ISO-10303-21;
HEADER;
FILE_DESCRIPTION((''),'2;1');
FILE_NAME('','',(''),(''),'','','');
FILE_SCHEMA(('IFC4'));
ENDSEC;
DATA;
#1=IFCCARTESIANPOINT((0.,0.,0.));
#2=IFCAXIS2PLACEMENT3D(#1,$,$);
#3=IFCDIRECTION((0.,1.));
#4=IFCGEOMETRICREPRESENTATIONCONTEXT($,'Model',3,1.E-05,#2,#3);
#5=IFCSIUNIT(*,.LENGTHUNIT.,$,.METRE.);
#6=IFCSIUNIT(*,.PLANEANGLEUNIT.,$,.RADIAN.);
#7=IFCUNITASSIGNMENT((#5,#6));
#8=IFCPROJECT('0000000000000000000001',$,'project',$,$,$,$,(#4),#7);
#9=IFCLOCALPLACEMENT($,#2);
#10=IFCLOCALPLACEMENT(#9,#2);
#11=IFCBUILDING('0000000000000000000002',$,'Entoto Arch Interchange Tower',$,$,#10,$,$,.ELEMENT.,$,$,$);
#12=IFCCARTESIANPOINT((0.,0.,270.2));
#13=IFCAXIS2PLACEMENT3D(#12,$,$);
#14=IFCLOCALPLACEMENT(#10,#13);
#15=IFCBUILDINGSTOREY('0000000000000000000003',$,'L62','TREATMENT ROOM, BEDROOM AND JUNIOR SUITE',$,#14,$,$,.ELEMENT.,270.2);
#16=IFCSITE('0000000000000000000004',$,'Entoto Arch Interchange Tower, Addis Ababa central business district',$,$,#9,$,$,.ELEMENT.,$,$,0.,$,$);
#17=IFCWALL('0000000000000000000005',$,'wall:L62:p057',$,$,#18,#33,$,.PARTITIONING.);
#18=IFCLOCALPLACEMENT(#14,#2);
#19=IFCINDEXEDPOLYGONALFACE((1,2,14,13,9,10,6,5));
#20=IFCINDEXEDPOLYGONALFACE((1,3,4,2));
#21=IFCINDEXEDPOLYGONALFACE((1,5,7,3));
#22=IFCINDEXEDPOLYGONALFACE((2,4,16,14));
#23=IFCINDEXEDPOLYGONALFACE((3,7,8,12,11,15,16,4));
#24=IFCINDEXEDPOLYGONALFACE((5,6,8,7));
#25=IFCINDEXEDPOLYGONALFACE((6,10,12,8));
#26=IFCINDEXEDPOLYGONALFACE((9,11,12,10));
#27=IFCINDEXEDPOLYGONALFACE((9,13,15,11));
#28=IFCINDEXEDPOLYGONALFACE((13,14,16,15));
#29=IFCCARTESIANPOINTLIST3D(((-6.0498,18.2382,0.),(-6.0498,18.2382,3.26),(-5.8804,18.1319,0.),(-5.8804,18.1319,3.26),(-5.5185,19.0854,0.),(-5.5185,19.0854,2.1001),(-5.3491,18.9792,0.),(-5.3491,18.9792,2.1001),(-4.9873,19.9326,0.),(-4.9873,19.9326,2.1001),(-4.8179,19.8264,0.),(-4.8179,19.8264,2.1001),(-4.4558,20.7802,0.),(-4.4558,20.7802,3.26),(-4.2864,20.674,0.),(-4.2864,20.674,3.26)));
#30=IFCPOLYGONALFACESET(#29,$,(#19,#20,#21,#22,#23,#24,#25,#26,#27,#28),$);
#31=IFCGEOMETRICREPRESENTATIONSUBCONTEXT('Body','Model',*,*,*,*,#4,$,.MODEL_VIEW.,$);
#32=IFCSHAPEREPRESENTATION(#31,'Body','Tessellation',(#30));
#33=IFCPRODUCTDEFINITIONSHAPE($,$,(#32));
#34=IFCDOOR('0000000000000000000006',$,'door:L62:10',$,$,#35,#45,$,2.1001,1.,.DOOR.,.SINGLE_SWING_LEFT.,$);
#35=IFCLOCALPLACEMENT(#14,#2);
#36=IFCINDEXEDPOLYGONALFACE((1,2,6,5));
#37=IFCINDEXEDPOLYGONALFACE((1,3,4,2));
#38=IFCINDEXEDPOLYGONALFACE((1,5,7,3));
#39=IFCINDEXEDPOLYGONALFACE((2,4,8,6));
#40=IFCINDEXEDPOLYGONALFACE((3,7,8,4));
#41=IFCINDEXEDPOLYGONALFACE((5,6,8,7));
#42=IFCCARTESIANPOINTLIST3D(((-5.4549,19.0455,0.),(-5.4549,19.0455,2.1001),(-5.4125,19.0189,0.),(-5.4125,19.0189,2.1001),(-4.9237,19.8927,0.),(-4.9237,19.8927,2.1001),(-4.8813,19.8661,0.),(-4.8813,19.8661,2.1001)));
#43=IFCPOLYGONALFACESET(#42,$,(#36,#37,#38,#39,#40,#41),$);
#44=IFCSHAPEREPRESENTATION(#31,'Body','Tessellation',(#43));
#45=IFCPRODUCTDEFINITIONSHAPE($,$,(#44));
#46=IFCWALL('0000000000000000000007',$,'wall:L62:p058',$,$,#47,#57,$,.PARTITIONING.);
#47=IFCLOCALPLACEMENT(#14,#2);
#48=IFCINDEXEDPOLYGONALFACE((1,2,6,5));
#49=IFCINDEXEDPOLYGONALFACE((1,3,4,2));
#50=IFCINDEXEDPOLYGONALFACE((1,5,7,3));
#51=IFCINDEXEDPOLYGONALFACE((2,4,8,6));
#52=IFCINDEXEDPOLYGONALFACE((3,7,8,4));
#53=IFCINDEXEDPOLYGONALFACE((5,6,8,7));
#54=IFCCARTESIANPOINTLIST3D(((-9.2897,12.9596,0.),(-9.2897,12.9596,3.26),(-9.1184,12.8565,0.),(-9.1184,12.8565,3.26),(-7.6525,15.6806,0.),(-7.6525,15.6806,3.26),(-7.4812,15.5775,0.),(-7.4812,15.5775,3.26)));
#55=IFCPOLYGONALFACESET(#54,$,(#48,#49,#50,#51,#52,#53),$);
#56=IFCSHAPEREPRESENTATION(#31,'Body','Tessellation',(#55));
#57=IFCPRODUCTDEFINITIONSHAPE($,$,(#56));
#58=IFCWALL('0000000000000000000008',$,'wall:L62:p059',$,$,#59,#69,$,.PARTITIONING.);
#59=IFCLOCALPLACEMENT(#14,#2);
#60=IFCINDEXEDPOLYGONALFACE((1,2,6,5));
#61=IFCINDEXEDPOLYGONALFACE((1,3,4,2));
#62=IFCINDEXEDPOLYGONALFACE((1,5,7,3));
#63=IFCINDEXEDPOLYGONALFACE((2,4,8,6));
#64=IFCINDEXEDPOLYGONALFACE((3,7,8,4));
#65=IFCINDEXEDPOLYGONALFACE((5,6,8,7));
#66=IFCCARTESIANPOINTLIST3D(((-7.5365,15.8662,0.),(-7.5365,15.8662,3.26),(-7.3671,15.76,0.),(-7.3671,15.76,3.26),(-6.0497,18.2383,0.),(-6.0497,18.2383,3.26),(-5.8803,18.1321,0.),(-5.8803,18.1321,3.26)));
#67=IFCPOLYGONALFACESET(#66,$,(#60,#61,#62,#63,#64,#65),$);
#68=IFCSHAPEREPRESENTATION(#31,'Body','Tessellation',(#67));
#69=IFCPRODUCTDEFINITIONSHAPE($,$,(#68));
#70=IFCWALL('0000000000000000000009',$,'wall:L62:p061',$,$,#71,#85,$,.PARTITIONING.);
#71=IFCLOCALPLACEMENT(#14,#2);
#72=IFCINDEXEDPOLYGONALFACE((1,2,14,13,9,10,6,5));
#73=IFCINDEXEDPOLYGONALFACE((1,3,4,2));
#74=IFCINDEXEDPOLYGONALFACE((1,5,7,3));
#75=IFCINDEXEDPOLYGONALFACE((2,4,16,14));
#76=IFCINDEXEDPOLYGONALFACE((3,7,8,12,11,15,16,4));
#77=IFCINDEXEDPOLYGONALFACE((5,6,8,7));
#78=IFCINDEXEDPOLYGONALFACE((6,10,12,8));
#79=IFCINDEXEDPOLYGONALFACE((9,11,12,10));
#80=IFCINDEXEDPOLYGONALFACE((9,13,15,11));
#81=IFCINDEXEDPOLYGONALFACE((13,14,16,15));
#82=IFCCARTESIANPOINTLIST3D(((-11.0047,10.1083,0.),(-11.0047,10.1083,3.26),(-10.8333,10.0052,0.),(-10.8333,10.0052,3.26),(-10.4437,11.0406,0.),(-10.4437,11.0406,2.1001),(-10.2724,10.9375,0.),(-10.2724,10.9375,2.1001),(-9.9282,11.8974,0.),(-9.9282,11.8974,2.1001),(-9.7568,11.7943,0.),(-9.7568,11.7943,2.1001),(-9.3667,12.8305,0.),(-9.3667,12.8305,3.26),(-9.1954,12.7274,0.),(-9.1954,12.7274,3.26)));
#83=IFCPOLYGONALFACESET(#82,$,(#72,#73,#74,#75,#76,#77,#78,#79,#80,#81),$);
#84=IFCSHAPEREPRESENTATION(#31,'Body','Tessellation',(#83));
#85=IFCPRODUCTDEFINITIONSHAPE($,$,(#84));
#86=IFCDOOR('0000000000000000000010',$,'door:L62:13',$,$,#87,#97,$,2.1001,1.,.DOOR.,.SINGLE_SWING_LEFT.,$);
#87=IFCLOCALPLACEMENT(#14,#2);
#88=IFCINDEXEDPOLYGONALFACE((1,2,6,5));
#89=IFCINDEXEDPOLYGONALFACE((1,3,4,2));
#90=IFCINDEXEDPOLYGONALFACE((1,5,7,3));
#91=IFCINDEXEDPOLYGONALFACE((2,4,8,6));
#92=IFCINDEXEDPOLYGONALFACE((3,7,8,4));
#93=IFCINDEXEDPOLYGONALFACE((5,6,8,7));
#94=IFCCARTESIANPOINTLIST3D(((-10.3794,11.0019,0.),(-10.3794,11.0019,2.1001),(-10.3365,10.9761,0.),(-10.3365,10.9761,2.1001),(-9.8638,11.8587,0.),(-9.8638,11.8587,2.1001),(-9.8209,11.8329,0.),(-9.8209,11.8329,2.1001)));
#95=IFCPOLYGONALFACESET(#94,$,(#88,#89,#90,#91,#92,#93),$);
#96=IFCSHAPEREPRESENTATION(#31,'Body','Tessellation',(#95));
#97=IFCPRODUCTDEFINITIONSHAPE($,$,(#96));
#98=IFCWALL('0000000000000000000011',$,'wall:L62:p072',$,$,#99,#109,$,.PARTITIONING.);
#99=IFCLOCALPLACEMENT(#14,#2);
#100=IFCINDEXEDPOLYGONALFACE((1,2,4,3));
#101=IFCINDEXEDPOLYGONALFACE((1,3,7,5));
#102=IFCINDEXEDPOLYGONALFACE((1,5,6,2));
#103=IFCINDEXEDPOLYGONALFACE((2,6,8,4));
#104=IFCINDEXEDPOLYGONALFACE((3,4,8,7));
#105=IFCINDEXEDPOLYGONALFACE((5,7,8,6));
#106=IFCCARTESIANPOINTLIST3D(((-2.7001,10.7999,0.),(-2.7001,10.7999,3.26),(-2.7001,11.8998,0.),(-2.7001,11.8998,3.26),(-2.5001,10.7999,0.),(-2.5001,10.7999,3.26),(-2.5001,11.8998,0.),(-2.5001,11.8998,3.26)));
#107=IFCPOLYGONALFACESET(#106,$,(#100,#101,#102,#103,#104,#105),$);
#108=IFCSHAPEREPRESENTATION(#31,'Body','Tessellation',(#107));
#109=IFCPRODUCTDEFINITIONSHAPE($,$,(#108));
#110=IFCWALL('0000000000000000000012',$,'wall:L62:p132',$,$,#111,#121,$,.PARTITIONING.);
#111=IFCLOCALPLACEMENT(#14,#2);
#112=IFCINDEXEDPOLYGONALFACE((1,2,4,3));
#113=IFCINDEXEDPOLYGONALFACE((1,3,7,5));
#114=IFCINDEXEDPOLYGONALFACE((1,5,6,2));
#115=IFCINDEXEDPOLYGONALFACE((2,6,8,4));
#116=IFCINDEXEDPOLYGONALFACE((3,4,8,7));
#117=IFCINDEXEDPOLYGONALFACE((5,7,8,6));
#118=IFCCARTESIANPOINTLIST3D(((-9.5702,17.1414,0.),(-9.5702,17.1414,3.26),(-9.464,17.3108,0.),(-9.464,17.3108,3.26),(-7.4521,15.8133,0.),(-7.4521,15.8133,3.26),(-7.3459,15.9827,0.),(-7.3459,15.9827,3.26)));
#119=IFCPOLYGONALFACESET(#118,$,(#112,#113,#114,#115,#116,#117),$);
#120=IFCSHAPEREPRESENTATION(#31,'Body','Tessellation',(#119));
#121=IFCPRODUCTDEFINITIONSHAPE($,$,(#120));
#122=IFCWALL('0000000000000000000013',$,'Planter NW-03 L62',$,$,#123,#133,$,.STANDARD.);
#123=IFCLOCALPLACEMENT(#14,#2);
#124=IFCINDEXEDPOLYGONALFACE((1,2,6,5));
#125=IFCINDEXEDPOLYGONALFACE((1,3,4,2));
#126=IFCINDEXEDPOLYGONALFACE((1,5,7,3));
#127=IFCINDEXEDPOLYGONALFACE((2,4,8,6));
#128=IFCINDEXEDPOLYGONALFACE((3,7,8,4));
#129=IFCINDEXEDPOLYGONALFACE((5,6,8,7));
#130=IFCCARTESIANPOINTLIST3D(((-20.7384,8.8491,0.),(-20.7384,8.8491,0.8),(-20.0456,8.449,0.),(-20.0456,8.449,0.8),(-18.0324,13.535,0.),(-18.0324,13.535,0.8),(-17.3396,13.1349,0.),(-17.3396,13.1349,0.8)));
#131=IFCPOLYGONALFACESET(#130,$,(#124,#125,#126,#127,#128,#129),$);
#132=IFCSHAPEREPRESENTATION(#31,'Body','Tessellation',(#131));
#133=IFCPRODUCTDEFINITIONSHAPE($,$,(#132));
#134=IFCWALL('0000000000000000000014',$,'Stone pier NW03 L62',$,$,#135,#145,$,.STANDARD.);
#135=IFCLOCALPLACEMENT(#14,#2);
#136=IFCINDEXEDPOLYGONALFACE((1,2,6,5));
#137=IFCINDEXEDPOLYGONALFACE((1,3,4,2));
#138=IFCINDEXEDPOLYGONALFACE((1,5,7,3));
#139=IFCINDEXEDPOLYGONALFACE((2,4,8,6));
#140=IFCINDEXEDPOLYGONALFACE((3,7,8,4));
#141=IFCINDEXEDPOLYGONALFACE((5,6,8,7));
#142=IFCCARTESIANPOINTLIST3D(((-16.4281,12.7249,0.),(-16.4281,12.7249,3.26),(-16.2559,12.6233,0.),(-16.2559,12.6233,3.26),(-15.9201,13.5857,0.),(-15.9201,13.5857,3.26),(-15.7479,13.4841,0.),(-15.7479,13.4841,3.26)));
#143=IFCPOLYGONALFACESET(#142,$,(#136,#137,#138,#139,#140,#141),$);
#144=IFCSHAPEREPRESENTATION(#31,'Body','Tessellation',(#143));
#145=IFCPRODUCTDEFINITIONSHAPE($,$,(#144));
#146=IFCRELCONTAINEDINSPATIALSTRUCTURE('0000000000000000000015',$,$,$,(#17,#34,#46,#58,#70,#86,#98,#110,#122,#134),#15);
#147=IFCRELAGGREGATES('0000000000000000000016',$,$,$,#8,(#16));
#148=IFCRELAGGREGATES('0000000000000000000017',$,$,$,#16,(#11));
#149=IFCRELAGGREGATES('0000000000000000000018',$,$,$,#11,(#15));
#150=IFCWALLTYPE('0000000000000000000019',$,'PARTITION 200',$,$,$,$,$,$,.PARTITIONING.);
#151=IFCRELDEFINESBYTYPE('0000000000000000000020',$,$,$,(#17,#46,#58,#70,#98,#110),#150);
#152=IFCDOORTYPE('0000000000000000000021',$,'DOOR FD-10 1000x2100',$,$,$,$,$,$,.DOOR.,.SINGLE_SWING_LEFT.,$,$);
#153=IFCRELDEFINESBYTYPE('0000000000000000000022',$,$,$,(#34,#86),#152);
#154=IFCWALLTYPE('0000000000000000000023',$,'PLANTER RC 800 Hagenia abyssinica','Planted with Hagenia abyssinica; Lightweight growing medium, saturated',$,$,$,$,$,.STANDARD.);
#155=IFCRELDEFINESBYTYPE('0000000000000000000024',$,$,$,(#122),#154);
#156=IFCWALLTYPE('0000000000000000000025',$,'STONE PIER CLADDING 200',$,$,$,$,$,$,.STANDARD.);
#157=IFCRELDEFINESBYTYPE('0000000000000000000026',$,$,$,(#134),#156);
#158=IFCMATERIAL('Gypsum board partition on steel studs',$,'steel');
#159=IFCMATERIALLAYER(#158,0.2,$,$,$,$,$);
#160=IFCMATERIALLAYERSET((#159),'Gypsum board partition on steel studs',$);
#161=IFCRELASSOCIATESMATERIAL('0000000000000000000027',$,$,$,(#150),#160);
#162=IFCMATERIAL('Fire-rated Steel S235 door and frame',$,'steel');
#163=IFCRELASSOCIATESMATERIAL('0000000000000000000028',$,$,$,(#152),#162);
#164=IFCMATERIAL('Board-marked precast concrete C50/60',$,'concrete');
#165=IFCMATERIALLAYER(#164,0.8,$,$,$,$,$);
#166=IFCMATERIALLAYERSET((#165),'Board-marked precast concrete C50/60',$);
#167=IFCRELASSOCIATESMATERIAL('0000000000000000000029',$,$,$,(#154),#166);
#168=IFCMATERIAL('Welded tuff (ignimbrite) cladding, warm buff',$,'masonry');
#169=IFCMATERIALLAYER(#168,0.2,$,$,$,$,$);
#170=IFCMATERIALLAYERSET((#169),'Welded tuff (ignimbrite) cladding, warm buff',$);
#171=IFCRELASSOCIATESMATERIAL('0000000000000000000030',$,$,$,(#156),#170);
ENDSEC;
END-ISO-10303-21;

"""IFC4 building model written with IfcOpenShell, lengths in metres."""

from ifc_helpers import new_model, si_unit, direction, frame, frame_2d, origin, place, context, subcontext, project, spatial, rectangle, extrude, material, layer, layer_set, type_object, element, fill, save


model = new_model("IFC4")

# Units and contexts
model_context = context("Model", 3, precision=1e-05, world=origin(), true_north=direction((0.0, 1.0)))
body_context = subcontext(model_context, "Body", "Model", "MODEL_VIEW")
ifc_project = project(units=[si_unit("LENGTHUNIT", "METRE"), si_unit("PLANEANGLEUNIT", "RADIAN")], contexts=[model_context])

# Site, building, storey
site_placement = place(None, origin())
site = spatial("IfcSite", under=ifc_project, at=site_placement, Name="Entoto Arch Interchange Tower, Addis Ababa central business district", CompositionType="ELEMENT", RefElevation=0.0)
building_placement = place(site_placement, origin())
building = spatial("IfcBuilding", under=site, at=building_placement, Name="Entoto Arch Interchange Tower", CompositionType="ELEMENT")
storey_placement = place(building_placement, frame((0.0, 0.0, 270.2)))
storey = spatial("IfcBuildingStorey", under=building, at=storey_placement, Name="L62", Description="TREATMENT ROOM, BEDROOM AND JUNIOR SUITE", CompositionType="ELEMENT", Elevation=270.2)

# Shared definitions
ifc_material_1 = material(Name="Gypsum board partition on steel studs", Category="steel")
ifc_layer_1 = layer(ifc_material_1, 0.2)
ifc_layer_set_1 = layer_set([ifc_layer_1], Name="Gypsum board partition on steel studs")
wall_type_1 = type_object("IfcWallType", Name="PARTITION 200", PredefinedType="PARTITIONING", material=ifc_layer_set_1)

# Wall, opening, door
wall_1_placement = place(storey_placement, frame((-5.9651, 18.1851, 0.0), z_axis=(0.0, 0.0, 1.0), x_axis=(0.531256, 0.847211, 0.0)))
wall_1 = element("IfcWall", 1, at=wall_1_placement, inside=storey, type_object=wall_type_1, Name="wall:L62:p057", PredefinedType="PARTITIONING", context=body_context, shape_type="SweptSolid", body=[
    extrude(rectangle(XDim=3.0005, YDim=0.2, at=frame_2d((1.5002, 0.0))), origin(), (0.0, 0.0, 1.0), 3.26),
])
opening_1_placement = place(wall_1_placement, frame((1.0, 0.0, 0.0)))
opening_1 = element("IfcOpeningElement", 2, at=opening_1_placement, cuts=wall_1, PredefinedType="OPENING", context=body_context, shape_type="SweptSolid", body=[
    extrude(rectangle(XDim=1.0, YDim=2.1001, at=frame_2d((0.5, 1.05))), frame((0.0, 0.1099, 0.0), z_axis=(0.0, -1.0, 0.0), x_axis=(1.0, 0.0, 0.0)), (0.0, 0.0, 1.0), 0.22),
])
ifc_material_2 = material(Name="Fire-rated Steel S235 door and frame", Category="steel")
door_type_1 = type_object("IfcDoorType", Name="DOOR FD-10 1000x2100", OperationType="SINGLE_SWING_LEFT", PredefinedType="DOOR", material=ifc_material_2)
door_1_placement = place(opening_1_placement, origin())
door_1 = element("IfcDoor", 3, at=door_1_placement, inside=storey, type_object=door_type_1, Name="door:L62:10", OperationType="SINGLE_SWING_LEFT", OverallHeight=2.1001, OverallWidth=1.0, PredefinedType="DOOR", context=body_context, shape_type="SweptSolid", body=[
    extrude(rectangle(XDim=1.0, YDim=2.1001, at=frame_2d((0.5, 1.05))), frame((0.0, 0.0249, 0.0), z_axis=(0.0, -1.0, 0.0), x_axis=(1.0, 0.0, 0.0)), (0.0, 0.0, 1.0), 0.05),
])
fill(opening_1, door_1)

# Walls
wall_2_placement = place(storey_placement, frame((-9.2041, 12.908, 0.0), z_axis=(0.0, 0.0, 1.0), x_axis=(0.515569, 0.856848, 0.0)))
element("IfcWall", 4, at=wall_2_placement, inside=storey, type_object=wall_type_1, Name="wall:L62:p058", PredefinedType="PARTITIONING", context=body_context, shape_type="SweptSolid", body=[
    extrude(rectangle(XDim=3.1755, YDim=0.2, at=frame_2d((1.5879, 0.0))), origin(), (0.0, 0.0, 1.0), 3.26),
])
wall_3_placement = place(storey_placement, frame((-7.4519, 15.813, 0.0), z_axis=(0.0, 0.0, 1.0), x_axis=(0.531096, 0.847312, 0.0)))
element("IfcWall", 5, at=wall_3_placement, inside=storey, type_object=wall_type_1, Name="wall:L62:p059", PredefinedType="PARTITIONING", context=body_context, shape_type="SweptSolid", body=[
    extrude(rectangle(XDim=2.7996, YDim=0.2, at=frame_2d((1.3999, 0.0))), origin(), (0.0, 0.0, 1.0), 3.26),
])

# Wall, opening, door
wall_4_placement = place(storey_placement, frame((-10.9189, 10.0569, 0.0), z_axis=(0.0, 0.0, 1.0), x_axis=(0.515569, 0.856848, 0.0)))
wall_4 = element("IfcWall", 6, at=wall_4_placement, inside=storey, type_object=wall_type_1, Name="wall:L62:p061", PredefinedType="PARTITIONING", context=body_context, shape_type="SweptSolid", body=[
    extrude(rectangle(XDim=3.177, YDim=0.2, at=frame_2d((1.5884, 0.0))), origin(), (0.0, 0.0, 1.0), 3.26),
])
opening_2_placement = place(wall_4_placement, frame((1.0879, 0.0, 0.0)))
opening_2 = element("IfcOpeningElement", 7, at=opening_2_placement, cuts=wall_4, PredefinedType="OPENING", context=body_context, shape_type="SweptSolid", body=[
    extrude(rectangle(XDim=1.0, YDim=2.1001, at=frame_2d((0.5, 1.05))), frame((0.0, 0.1099, 0.0), z_axis=(0.0, -1.0, 0.0), x_axis=(1.0, 0.0, 0.0)), (0.0, 0.0, 1.0), 0.22),
])
door_2_placement = place(opening_2_placement, origin())
door_2 = element("IfcDoor", 8, at=door_2_placement, inside=storey, type_object=door_type_1, Name="door:L62:13", OperationType="SINGLE_SWING_LEFT", OverallHeight=2.1001, OverallWidth=1.0, PredefinedType="DOOR", context=body_context, shape_type="SweptSolid", body=[
    extrude(rectangle(XDim=1.0, YDim=2.1001, at=frame_2d((0.5, 1.05))), frame((0.0, 0.0249, 0.0), z_axis=(0.0, -1.0, 0.0), x_axis=(1.0, 0.0, 0.0)), (0.0, 0.0, 1.0), 0.05),
])
fill(opening_2, door_2)

# Walls
wall_5_placement = place(storey_placement, frame((-2.6001, 10.8, 0.0), z_axis=(0.0, 0.0, 1.0), x_axis=(0.0, 1.0, 0.0)))
element("IfcWall", 9, at=wall_5_placement, inside=storey, type_object=wall_type_1, Name="wall:L62:p072", PredefinedType="PARTITIONING", context=body_context, shape_type="SweptSolid", body=[
    extrude(rectangle(XDim=1.0999, YDim=0.2, at=frame_2d((0.5498, 0.0))), origin(), (0.0, 0.0, 1.0), 3.26),
])
wall_6_placement = place(storey_placement, frame((-9.5171, 17.2261, 0.0), z_axis=(0.0, 0.0, 1.0), x_axis=(0.847229, -0.531227, 0.0)))
element("IfcWall", 10, at=wall_6_placement, inside=storey, type_object=wall_type_1, Name="wall:L62:p132", PredefinedType="PARTITIONING", context=body_context, shape_type="SweptSolid", body=[
    extrude(rectangle(XDim=2.5, YDim=0.2, at=frame_2d((1.25, 0.0))), origin(), (0.0, 0.0, 1.0), 3.26),
])
ifc_material_3 = material(Name="Board-marked precast concrete C50/60", Category="concrete")
ifc_layer_2 = layer(ifc_material_3, 0.8)
ifc_layer_set_2 = layer_set([ifc_layer_2], Name="Board-marked precast concrete C50/60")
wall_type_2 = type_object("IfcWallType", Name="PLANTER RC 800 Hagenia abyssinica", Description="Planted with Hagenia abyssinica; Lightweight growing medium, saturated", PredefinedType="STANDARD", material=ifc_layer_set_2)
wall_7_placement = place(storey_placement, frame((-17.686, 13.335, 0.0), z_axis=(0.0, 0.0, 1.0), x_axis=(-0.500079, -0.86598, 0.0)))
element("IfcWall", 11, at=wall_7_placement, inside=storey, type_object=wall_type_2, Name="Planter NW-03 L62", PredefinedType="STANDARD", context=body_context, shape_type="SweptSolid", body=[
    extrude(rectangle(XDim=5.4111, YDim=0.8, at=frame_2d((2.7056, 0.0))), origin(), (0.0, 0.0, 1.0), 0.8),
])

# Shared definitions
ifc_material_4 = material(Name="Welded tuff (ignimbrite) cladding, warm buff", Category="masonry")

# Wall
ifc_layer_3 = layer(ifc_material_4, 0.2)
ifc_layer_set_3 = layer_set([ifc_layer_3], Name="Welded tuff (ignimbrite) cladding, warm buff")
wall_type_3 = type_object("IfcWallType", Name="STONE PIER CLADDING 200", PredefinedType="STANDARD", material=ifc_layer_set_3)
wall_8_placement = place(storey_placement, frame((-15.834, 13.5349, 0.0), z_axis=(0.0, 0.0, 1.0), x_axis=(-0.508268, -0.861199, 0.0)))
element("IfcWall", 12, at=wall_8_placement, inside=storey, type_object=wall_type_3, Name="Stone pier NW03 L62", PredefinedType="STANDARD", context=body_context, shape_type="SweptSolid", body=[
    extrude(rectangle(XDim=0.9995, YDim=0.2, at=frame_2d((0.4998, 0.0))), origin(), (0.0, 0.0, 1.0), 3.26),
])

save(model, "model.ifc")
